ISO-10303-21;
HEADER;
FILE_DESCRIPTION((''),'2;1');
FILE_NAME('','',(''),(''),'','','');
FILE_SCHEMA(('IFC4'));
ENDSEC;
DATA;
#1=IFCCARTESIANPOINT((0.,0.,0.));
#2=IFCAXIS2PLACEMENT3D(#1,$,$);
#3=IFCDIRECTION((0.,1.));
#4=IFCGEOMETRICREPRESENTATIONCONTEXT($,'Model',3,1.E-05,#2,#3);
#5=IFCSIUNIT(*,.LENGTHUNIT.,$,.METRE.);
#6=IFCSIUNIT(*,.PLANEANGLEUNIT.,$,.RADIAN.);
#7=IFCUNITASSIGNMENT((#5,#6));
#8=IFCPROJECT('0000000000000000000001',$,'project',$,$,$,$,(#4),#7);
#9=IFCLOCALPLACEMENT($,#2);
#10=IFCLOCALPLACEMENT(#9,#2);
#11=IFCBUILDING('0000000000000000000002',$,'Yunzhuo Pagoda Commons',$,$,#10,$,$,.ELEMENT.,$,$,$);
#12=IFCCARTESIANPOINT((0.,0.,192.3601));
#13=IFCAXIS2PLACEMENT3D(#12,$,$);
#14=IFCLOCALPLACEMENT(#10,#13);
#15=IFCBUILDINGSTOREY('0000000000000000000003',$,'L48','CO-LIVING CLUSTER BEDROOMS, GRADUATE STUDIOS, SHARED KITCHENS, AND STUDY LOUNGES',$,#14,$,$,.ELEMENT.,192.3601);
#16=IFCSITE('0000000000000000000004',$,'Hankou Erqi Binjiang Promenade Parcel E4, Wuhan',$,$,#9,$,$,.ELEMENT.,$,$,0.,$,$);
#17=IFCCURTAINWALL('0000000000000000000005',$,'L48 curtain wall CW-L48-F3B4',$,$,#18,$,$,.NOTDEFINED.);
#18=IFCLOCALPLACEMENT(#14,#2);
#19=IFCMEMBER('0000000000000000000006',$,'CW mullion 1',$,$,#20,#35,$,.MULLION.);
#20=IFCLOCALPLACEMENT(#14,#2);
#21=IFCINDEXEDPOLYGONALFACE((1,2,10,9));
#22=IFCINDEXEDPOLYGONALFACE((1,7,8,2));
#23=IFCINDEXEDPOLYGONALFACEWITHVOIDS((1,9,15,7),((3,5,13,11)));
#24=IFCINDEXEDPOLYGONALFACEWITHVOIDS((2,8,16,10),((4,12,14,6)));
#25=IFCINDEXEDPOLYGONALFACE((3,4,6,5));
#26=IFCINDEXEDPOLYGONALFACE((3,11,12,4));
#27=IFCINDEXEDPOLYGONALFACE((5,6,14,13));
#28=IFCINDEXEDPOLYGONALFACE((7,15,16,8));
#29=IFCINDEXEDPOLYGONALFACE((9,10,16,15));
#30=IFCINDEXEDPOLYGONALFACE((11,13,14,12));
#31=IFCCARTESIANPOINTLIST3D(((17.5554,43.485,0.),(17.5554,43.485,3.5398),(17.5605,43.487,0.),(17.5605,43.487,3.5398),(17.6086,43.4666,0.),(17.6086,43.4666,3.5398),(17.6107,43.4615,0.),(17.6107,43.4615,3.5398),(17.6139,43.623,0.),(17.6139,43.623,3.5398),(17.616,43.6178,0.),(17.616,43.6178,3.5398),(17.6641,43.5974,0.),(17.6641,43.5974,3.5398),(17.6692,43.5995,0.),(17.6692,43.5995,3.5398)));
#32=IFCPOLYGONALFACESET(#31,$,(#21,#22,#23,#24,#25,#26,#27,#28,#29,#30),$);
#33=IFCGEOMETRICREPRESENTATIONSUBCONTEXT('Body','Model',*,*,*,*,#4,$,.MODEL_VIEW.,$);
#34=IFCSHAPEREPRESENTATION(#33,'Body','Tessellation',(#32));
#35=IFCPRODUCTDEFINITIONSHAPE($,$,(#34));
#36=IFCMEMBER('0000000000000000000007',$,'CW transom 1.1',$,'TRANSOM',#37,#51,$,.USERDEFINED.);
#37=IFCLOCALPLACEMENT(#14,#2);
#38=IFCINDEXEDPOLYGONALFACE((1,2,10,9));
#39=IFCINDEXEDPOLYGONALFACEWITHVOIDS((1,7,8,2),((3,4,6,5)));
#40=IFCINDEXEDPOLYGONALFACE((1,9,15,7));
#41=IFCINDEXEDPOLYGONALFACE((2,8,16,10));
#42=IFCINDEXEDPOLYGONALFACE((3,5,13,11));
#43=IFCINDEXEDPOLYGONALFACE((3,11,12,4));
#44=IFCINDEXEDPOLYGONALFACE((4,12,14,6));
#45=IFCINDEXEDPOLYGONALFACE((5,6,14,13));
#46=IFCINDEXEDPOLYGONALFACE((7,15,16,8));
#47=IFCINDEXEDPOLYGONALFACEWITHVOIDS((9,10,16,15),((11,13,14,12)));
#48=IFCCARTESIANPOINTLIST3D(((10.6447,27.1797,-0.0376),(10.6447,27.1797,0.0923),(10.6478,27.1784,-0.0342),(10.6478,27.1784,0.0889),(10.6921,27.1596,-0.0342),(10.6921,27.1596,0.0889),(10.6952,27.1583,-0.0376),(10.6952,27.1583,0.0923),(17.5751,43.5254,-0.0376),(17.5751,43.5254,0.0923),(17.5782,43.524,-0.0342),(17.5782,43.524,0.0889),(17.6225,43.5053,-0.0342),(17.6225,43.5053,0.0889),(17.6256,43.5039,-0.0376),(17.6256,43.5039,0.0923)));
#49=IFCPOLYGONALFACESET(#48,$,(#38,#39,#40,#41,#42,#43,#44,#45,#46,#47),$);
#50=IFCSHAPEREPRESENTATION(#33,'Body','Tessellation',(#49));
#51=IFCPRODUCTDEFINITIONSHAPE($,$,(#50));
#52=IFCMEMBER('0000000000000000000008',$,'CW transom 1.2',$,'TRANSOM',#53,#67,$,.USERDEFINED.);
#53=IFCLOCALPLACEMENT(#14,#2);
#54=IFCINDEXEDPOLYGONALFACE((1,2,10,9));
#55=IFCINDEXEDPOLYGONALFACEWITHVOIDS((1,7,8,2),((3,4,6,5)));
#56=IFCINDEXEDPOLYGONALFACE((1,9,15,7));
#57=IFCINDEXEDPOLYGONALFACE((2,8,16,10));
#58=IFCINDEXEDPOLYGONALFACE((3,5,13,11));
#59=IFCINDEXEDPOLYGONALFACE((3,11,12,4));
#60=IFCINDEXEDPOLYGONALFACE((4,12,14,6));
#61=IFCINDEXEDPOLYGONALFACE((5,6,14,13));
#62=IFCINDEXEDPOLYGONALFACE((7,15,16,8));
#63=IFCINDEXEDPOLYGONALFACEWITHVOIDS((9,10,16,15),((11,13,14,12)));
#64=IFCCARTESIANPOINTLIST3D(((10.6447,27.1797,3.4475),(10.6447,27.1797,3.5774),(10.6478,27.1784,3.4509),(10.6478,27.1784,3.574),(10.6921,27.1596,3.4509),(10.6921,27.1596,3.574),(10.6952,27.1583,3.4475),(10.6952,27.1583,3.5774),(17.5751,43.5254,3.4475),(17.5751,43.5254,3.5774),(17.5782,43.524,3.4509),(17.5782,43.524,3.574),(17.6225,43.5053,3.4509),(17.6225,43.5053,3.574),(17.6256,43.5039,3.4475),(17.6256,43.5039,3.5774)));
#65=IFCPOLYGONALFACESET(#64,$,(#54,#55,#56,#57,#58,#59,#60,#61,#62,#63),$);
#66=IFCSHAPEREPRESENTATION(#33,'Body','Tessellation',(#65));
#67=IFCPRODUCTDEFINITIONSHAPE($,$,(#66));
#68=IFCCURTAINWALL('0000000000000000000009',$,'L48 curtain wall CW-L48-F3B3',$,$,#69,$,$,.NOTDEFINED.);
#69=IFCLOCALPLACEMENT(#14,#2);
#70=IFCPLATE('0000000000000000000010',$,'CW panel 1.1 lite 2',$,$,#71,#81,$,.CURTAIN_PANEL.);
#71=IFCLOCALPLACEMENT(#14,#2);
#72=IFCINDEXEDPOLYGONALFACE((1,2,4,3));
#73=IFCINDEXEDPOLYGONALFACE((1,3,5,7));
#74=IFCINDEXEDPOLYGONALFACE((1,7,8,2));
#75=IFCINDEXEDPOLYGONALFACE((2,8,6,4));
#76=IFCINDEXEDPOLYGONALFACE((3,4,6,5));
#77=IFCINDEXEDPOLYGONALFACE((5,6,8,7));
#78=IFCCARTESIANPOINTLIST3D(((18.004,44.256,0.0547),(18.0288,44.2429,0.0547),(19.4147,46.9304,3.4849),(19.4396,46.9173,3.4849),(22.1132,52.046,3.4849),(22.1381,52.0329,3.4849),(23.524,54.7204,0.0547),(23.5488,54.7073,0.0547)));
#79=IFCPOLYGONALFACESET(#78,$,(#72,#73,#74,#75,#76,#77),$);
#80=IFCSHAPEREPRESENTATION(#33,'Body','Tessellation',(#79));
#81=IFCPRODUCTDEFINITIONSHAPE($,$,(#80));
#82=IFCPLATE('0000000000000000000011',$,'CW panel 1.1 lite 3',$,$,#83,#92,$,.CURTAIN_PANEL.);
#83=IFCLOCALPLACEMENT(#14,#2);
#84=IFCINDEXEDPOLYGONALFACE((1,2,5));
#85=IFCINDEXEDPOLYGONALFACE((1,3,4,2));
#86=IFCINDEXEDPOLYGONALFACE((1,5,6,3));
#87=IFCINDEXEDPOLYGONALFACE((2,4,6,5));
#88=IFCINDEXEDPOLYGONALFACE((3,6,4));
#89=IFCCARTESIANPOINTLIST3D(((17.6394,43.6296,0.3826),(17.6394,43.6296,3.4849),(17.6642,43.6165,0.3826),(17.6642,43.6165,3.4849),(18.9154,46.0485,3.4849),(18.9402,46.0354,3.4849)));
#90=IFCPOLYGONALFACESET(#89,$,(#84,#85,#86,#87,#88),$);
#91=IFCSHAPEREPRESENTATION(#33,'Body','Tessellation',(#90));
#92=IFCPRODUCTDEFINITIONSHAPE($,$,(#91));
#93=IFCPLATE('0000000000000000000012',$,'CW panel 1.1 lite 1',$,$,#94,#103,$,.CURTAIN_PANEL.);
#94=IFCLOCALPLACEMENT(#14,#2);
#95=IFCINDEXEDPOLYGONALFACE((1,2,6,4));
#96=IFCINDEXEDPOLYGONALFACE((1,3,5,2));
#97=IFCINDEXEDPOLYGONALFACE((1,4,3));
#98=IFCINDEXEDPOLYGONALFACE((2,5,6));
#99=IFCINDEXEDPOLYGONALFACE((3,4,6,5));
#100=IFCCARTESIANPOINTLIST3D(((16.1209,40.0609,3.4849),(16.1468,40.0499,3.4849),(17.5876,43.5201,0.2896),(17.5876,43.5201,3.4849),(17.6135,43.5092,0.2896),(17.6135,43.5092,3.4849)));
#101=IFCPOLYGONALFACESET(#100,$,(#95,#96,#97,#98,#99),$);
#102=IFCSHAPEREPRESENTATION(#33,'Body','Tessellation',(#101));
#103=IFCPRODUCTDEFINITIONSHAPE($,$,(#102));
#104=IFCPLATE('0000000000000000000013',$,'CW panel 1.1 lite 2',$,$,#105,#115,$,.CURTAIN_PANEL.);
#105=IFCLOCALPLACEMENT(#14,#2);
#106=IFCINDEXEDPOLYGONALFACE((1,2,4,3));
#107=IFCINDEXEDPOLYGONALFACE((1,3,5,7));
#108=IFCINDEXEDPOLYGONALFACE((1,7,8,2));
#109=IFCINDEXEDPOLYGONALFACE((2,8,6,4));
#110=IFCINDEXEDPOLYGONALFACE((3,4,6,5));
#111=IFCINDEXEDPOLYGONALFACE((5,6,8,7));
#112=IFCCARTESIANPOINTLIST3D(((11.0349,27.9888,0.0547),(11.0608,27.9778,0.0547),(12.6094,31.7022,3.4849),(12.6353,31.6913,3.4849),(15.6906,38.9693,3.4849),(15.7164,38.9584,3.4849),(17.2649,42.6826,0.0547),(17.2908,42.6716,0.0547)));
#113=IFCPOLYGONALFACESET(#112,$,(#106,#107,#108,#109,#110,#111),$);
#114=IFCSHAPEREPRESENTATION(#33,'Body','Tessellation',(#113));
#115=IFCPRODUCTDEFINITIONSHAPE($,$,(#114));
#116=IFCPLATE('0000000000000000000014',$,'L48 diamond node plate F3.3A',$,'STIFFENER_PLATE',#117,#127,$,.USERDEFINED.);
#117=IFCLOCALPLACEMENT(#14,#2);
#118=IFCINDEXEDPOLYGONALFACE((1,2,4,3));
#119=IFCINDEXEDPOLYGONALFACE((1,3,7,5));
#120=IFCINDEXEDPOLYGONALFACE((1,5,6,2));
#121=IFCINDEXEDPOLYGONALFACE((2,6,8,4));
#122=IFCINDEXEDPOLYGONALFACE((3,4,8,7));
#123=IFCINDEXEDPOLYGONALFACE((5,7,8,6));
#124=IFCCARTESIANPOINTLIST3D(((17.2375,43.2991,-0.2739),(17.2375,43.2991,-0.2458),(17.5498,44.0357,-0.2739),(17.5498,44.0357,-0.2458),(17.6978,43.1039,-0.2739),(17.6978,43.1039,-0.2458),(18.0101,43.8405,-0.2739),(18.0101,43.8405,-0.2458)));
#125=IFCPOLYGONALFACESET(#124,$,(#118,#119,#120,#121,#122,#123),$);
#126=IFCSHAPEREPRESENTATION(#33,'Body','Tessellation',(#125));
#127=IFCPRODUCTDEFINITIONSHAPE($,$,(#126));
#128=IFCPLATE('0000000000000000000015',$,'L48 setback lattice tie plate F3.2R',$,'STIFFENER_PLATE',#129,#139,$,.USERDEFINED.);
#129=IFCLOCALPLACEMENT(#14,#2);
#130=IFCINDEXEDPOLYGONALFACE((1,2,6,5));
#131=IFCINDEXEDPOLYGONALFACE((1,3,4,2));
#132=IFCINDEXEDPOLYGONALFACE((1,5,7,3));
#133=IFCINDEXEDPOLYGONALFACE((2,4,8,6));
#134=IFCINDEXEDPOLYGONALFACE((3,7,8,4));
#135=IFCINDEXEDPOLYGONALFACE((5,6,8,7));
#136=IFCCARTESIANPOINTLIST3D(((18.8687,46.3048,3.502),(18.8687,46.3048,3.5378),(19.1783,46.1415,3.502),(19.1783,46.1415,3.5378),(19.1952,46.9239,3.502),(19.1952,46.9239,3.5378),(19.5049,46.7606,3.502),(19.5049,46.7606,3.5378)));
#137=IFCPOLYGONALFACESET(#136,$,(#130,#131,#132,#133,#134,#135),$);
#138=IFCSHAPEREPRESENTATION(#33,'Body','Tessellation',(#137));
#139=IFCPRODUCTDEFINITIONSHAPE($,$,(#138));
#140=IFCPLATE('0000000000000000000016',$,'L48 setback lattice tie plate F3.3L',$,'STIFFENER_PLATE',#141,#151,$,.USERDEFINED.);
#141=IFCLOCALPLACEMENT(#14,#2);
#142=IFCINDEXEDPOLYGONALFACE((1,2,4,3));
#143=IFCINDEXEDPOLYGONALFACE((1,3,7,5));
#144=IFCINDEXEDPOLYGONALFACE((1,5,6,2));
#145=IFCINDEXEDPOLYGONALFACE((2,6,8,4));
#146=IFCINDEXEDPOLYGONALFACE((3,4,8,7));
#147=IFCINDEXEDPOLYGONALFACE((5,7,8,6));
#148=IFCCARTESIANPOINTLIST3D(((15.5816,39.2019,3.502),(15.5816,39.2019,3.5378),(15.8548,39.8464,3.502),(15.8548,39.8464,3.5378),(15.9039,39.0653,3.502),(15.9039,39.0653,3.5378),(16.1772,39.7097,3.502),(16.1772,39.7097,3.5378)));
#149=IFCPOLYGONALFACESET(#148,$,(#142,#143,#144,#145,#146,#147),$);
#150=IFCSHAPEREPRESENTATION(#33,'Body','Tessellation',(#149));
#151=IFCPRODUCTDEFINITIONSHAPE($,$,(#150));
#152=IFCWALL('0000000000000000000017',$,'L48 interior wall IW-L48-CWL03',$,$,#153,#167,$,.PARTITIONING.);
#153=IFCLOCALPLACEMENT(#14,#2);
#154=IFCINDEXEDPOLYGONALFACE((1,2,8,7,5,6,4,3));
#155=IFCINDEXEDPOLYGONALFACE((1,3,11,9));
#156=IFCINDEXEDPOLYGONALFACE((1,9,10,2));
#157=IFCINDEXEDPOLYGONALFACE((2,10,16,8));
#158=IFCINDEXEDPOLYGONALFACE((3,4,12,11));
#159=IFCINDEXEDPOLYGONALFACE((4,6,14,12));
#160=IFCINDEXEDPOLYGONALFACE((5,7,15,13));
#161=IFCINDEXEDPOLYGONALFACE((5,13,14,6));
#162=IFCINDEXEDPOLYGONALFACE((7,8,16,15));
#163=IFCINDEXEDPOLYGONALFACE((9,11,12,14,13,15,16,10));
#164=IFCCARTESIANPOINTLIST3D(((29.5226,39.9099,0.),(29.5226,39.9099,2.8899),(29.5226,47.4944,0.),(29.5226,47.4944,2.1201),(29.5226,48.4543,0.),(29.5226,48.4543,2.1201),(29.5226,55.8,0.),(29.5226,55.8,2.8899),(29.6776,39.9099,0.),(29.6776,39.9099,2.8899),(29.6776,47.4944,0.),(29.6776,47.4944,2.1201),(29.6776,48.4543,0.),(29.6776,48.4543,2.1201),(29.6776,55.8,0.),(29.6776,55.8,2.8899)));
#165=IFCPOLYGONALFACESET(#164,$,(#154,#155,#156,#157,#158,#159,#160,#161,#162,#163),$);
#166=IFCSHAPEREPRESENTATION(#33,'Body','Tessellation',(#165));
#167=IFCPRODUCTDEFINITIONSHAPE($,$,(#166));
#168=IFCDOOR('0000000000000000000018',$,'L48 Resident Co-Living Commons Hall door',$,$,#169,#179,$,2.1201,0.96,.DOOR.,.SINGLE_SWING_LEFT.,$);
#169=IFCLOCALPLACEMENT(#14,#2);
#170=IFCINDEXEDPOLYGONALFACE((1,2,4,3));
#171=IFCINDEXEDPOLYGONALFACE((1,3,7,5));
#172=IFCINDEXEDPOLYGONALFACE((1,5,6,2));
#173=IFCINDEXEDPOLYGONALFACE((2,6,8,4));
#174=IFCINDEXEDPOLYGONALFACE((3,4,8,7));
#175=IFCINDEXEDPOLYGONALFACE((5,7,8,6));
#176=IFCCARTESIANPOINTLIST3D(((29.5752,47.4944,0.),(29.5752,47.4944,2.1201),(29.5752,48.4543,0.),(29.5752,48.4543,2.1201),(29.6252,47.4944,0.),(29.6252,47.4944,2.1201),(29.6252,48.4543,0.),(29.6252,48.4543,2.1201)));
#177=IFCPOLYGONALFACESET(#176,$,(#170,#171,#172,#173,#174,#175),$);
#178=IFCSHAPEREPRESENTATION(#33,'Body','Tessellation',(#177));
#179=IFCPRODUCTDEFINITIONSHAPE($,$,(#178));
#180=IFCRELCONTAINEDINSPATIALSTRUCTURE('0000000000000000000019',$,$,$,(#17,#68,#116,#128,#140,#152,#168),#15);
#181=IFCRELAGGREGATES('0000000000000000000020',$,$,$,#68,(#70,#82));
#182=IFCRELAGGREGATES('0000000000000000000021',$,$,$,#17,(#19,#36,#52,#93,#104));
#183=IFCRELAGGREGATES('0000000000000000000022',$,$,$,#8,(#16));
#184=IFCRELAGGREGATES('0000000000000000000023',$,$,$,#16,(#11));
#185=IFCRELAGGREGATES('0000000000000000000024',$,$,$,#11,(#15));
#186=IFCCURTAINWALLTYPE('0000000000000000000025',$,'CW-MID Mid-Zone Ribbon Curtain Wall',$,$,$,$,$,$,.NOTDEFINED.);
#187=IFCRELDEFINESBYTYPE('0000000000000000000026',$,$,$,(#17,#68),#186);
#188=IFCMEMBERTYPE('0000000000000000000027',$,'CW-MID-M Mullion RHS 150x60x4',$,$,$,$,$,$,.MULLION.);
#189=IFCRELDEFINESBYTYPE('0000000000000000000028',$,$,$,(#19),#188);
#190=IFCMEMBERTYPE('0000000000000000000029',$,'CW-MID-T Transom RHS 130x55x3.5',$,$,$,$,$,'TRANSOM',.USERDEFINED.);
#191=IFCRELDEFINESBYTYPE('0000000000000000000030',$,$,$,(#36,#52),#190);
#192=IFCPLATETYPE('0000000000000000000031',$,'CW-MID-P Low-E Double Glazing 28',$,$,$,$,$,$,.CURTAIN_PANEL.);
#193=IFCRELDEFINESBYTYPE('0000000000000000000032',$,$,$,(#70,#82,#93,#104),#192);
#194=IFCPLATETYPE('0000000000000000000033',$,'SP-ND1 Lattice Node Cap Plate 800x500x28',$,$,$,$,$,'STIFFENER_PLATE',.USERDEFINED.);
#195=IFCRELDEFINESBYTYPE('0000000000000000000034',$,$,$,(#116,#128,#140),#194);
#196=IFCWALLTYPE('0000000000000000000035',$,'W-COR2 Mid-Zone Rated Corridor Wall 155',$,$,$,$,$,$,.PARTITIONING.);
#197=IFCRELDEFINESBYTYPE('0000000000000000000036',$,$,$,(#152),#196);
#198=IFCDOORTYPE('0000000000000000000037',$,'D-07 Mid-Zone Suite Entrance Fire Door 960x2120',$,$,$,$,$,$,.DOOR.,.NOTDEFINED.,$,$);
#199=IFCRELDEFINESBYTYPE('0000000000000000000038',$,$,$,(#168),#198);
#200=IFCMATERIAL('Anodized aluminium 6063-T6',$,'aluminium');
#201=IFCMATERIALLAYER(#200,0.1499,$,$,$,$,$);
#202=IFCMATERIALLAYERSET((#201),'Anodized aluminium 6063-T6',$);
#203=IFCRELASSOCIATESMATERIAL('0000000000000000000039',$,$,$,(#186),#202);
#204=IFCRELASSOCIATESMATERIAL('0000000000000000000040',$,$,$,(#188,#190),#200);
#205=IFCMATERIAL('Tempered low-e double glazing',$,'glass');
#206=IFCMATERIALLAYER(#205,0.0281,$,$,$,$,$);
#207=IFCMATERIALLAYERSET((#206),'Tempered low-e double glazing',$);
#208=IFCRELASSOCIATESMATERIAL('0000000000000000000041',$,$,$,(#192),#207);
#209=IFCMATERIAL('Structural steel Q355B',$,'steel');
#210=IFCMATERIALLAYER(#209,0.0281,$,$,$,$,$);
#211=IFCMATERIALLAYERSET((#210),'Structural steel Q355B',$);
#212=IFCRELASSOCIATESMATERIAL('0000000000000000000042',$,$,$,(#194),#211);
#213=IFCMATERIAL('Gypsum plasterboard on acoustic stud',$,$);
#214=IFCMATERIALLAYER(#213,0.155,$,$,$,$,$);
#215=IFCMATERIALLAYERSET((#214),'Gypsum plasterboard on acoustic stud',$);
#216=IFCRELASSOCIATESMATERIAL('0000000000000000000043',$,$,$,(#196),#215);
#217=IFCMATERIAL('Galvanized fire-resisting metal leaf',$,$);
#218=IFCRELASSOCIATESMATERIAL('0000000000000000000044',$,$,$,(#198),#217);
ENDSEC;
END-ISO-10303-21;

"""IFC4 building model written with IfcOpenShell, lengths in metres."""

from ifc_helpers import new_model, si_unit, direction, frame, frame_2d, origin, origin_with_axes, origin_2d, place, context, subcontext, project, spatial, polyline, rectangle, hollow_rectangle, outline, extrude, source, transform, mapped, material, layer, layer_set, material_profile, profile_set, type_object, element, fill, aggregate, save


model = new_model("IFC4")

# Units and contexts
model_context = context("Model", 3, precision=1e-05, world=origin(), true_north=direction((0.0, 1.0)))
body_context = subcontext(model_context, "Body", "Model", "MODEL_VIEW")
ifc_project = project(units=[si_unit("LENGTHUNIT", "METRE"), si_unit("PLANEANGLEUNIT", "RADIAN")], contexts=[model_context])

# Site, building, storey
site_placement = place(None, origin())
site = spatial("IfcSite", under=ifc_project, at=site_placement, Name="Hankou Erqi Binjiang Promenade Parcel E4, Wuhan", CompositionType="ELEMENT", RefElevation=0.0)
building_placement = place(site_placement, origin())
building = spatial("IfcBuilding", under=site, at=building_placement, Name="Yunzhuo Pagoda Commons", CompositionType="ELEMENT")
storey_placement = place(building_placement, frame((0.0, 0.0, 192.3601)))
storey = spatial("IfcBuildingStorey", under=building, at=storey_placement, Name="L48", Description="CO-LIVING CLUSTER BEDROOMS, GRADUATE STUDIOS, SHARED KITCHENS, AND STUDY LOUNGES", CompositionType="ELEMENT", Elevation=192.3601)

# Shared definitions
ifc_material_1 = material(Name="Structural steel Q355B", Category="steel")

# Curtain wall, members
ifc_material_2 = material(Name="Anodized aluminium 6063-T6", Category="aluminium")
ifc_layer_1 = layer(ifc_material_2, 0.1499)
ifc_layer_set_1 = layer_set([ifc_layer_1], Name="Anodized aluminium 6063-T6")
curtain_wall_type = type_object("IfcCurtainWallType", Name="CW-MID Mid-Zone Ribbon Curtain Wall", PredefinedType="NOTDEFINED", material=ifc_layer_set_1)
curtain_wall_1_placement = place(storey_placement, origin())
curtain_wall_1 = element("IfcCurtainWall", 1, at=curtain_wall_1_placement, inside=storey, type_object=curtain_wall_type, Name="L48 curtain wall CW-L48-F3B4", PredefinedType="NOTDEFINED")
ifc_material_profile_1 = material_profile(ifc_material_2, hollow_rectangle(XDim=0.0601, YDim=0.1499, WallThickness=0.0039, at=origin_2d()), Name="Anodized aluminium 6063-T6")
ifc_profile_set_1 = profile_set([ifc_material_profile_1], Name="Anodized aluminium 6063-T6")
member_type_1 = type_object("IfcMemberType", Name="CW-MID-M Mullion RHS 150x60x4", PredefinedType="MULLION", material=ifc_profile_set_1)
shared_shape_1 = source(origin(), body_context, "Body", "SweptSolid", [
    extrude(hollow_rectangle(XDim=0.0601, YDim=0.1499, WallThickness=0.0039, at=origin_2d()), origin(), (0.0, 0.0, 1.0), 3.5398),
])
member_1_placement = place(storey_placement, frame((17.6123, 43.5422, 0.0), z_axis=(0.0, 0.0, 1.0), x_axis=(0.920667, -0.39035, 0.0)))
member_1 = element("IfcMember", 2, at=member_1_placement, type_object=member_type_1, Name="CW mullion 1", PredefinedType="MULLION", context=body_context, shape_type="MappedRepresentation", body=[
    mapped(shared_shape_1, transform((0.0, 0.0, 0.0), scale=1.0)),
])
ifc_material_profile_2 = material_profile(ifc_material_2, hollow_rectangle(XDim=0.0549, YDim=0.1299, WallThickness=0.0034, at=origin_2d()), Name="Anodized aluminium 6063-T6")
ifc_profile_set_2 = profile_set([ifc_material_profile_2], Name="Anodized aluminium 6063-T6")
member_type_2 = type_object("IfcMemberType", Name="CW-MID-T Transom RHS 130x55x3.5", ElementType="TRANSOM", PredefinedType="USERDEFINED", material=ifc_profile_set_2)
shared_shape_2 = source(origin(), body_context, "Body", "SweptSolid", [
    extrude(hollow_rectangle(XDim=0.0549, YDim=0.1299, WallThickness=0.0034, at=origin_2d()), origin(), (0.0, 0.0, 1.0), 17.7542),
])
member_2_placement = place(storey_placement, frame((17.6003, 43.5146, 0.0273), z_axis=(-0.390353, -0.920665, 0.0), x_axis=(0.920665, -0.390353, 0.0)))
member_2 = element("IfcMember", 3, at=member_2_placement, type_object=member_type_2, Name="CW transom 1.1", ObjectType="TRANSOM", PredefinedType="USERDEFINED", context=body_context, shape_type="MappedRepresentation", body=[
    mapped(shared_shape_2, transform((0.0, 0.0, 0.0), scale=1.0)),
])
member_3_placement = place(storey_placement, frame((17.6003, 43.5146, 3.5125), z_axis=(-0.390353, -0.920665, 0.0), x_axis=(0.920665, -0.390353, 0.0)))
member_3 = element("IfcMember", 4, at=member_3_placement, type_object=member_type_2, Name="CW transom 1.2", ObjectType="TRANSOM", PredefinedType="USERDEFINED", context=body_context, shape_type="MappedRepresentation", body=[
    mapped(shared_shape_2, transform((0.0, 0.0, 0.0), scale=1.0)),
])

# Curtain wall, plates
curtain_wall_2_placement = place(storey_placement, origin())
curtain_wall_2 = element("IfcCurtainWall", 5, at=curtain_wall_2_placement, inside=storey, type_object=curtain_wall_type, Name="L48 curtain wall CW-L48-F3B3", PredefinedType="NOTDEFINED")
ifc_material_3 = material(Name="Tempered low-e double glazing", Category="glass")
ifc_layer_2 = layer(ifc_material_3, 0.0281)
ifc_layer_set_2 = layer_set([ifc_layer_2], Name="Tempered low-e double glazing")
plate_type_1 = type_object("IfcPlateType", Name="CW-MID-P Low-E Double Glazing 28", PredefinedType="CURTAIN_PANEL", material=ifc_layer_set_2)
plate_1_placement = place(storey_placement, frame((20.7888, 49.4751, 1.7698), z_axis=(-0.884484, 0.466571, 0.0), x_axis=(-0.466571, -0.884484, 0.0)))
plate_1 = element("IfcPlate", 6, at=plate_1_placement, type_object=plate_type_1, Name="CW panel 1.1 lite 2", PredefinedType="CURTAIN_PANEL", context=body_context, shape_type="SweptSolid", body=[
    extrude(outline(polyline([(-5.9155, -1.7151), (5.9155, -1.7151), (2.8918, 1.7151), (-2.8918, 1.7151), (-5.9155, -1.7151)])), origin(), (0.0, 0.0, 1.0), 0.0281),
])
plate_2_placement = place(storey_placement, frame((18.3022, 44.8259, 1.9338), z_axis=(-0.884484, 0.466571, 0.0), x_axis=(-0.466571, -0.884484, 0.0)))
plate_2 = element("IfcPlate", 7, at=plate_2_placement, type_object=plate_type_1, Name="CW panel 1.1 lite 3", PredefinedType="CURTAIN_PANEL", context=body_context, shape_type="SweptSolid", body=[
    extrude(outline(polyline([(-1.3674, 1.551), (1.3674, -1.5513), (1.3674, 1.551), (-1.3674, 1.551)])), origin(), (0.0, 0.0, 1.0), 0.0281),
])
aggregate(curtain_wall_2, [plate_1, plate_2])

# Plates
plate_3_placement = place(storey_placement, frame((16.8801, 41.7795, 1.8872), z_axis=(-0.920667, 0.39035, 0.0), x_axis=(-0.39035, -0.920667, 0.0)))
plate_3 = element("IfcPlate", 8, at=plate_3_placement, type_object=plate_type_1, Name="CW panel 1.1 lite 1", PredefinedType="CURTAIN_PANEL", context=body_context, shape_type="SweptSolid", body=[
    extrude(outline(polyline([(-1.8787, -1.5977), (1.8787, 1.5977), (-1.8787, 1.5977), (-1.8787, -1.5977)])), origin(), (0.0, 0.0, 1.0), 0.0281),
])
plate_4_placement = place(storey_placement, frame((14.1758, 35.3247, 1.7698), z_axis=(-0.920667, 0.39035, 0.0), x_axis=(-0.39035, -0.920667, 0.0)))
plate_4 = element("IfcPlate", 9, at=plate_4_placement, type_object=plate_type_1, Name="CW panel 1.1 lite 2", PredefinedType="CURTAIN_PANEL", context=body_context, shape_type="SweptSolid", body=[
    extrude(outline(polyline([(-7.98, -1.7151), (7.98, -1.7151), (3.9465, 1.7151), (-3.9468, 1.7151), (-7.98, -1.7151)])), origin(), (0.0, 0.0, 1.0), 0.0281),
])
aggregate(curtain_wall_1, [member_1, member_2, member_3, plate_3, plate_4])

# Plates
ifc_layer_3 = layer(ifc_material_1, 0.0281)
ifc_layer_set_3 = layer_set([ifc_layer_3], Name="Structural steel Q355B")
plate_type_2 = type_object("IfcPlateType", Name="SP-ND1 Lattice Node Cap Plate 800x500x28", ElementType="STIFFENER_PLATE", PredefinedType="USERDEFINED", material=ifc_layer_set_3)
shared_shape_3 = source(origin(), body_context, "Body", "SweptSolid", [
    extrude(rectangle(XDim=0.8, YDim=0.5, at=origin_2d()), origin(), (0.0, 0.0, 1.0), 0.0281),
])
plate_5_placement = place(storey_placement, frame((17.6238, 43.5698, -0.2739), z_axis=(0.0, 0.0, 1.0), x_axis=(-0.390346, -0.920668, 0.0)))
element("IfcPlate", 10, at=plate_5_placement, inside=storey, type_object=plate_type_2, Name="L48 diamond node plate F3.3A", ObjectType="STIFFENER_PLATE", PredefinedType="USERDEFINED", context=body_context, shape_type="MappedRepresentation", body=[
    mapped(shared_shape_3, transform((0.0, 0.0, 0.0), scale=1.0)),
])
shared_shape_4 = source(origin(), body_context, "Body", "SweptSolid", [
    extrude(rectangle(XDim=0.7, YDim=0.3501, at=origin_2d()), origin(), (0.0, 0.0, 1.0), 0.0359),
])
for number, where, z_axis, x_axis, name in (
    (11, (19.1868, 46.5327, 3.502), (0.0, 0.0, 1.0), (-0.466572, -0.884483, 0.0), "L48 setback lattice tie plate F3.2R"),
    (12, (15.8794, 39.4558, 3.502), (0.0, 0.0, 1.0), (-0.390346, -0.920668, 0.0), "L48 setback lattice tie plate F3.3L"),
):
    element("IfcPlate", number, at=place(storey_placement, frame(where, z_axis=z_axis, x_axis=x_axis)), inside=storey, type_object=plate_type_2, Name=name, ObjectType="STIFFENER_PLATE", PredefinedType="USERDEFINED", context=body_context, shape_type="MappedRepresentation", body=[
        mapped(shared_shape_4, transform((0.0, 0.0, 0.0), scale=1.0)),
    ])

# Wall, opening, door
ifc_material_4 = material(Name="Gypsum plasterboard on acoustic stud")
ifc_layer_4 = layer(ifc_material_4, 0.155)
ifc_layer_set_4 = layer_set([ifc_layer_4], Name="Gypsum plasterboard on acoustic stud")
wall_type_1 = type_object("IfcWallType", Name="W-COR2 Mid-Zone Rated Corridor Wall 155", PredefinedType="PARTITIONING", material=ifc_layer_set_4)
wall_1_placement = place(storey_placement, frame((29.6001, 39.9099, 0.0), z_axis=(0.0, 0.0, 1.0), x_axis=(0.0, 1.0, 0.0)))
wall_1 = element("IfcWall", 13, at=wall_1_placement, inside=storey, type_object=wall_type_1, Name="L48 interior wall IW-L48-CWL03", PredefinedType="PARTITIONING", context=body_context, shape_type="SweptSolid", body=[
    extrude(rectangle(XDim=15.8901, YDim=0.155, at=frame_2d((7.9451, 0.0))), origin(), (0.0, 0.0, 1.0), 2.8899),
])
opening_placement = place(wall_1_placement, frame((7.5845, 0.0, 0.0)))
opening = element("IfcOpeningElement", 14, at=opening_placement, cuts=wall_1, PredefinedType="OPENING", context=body_context, shape_type="SweptSolid", body=[
    extrude(rectangle(XDim=0.96, YDim=2.1201, at=frame_2d((0.48, 1.0601))), frame((0.0, 0.0874, 0.0), z_axis=(0.0, -1.0, 0.0), x_axis=(1.0, 0.0, 0.0)), (0.0, 0.0, 1.0), 0.175),
])
ifc_material_5 = material(Name="Galvanized fire-resisting metal leaf")
door_type = type_object("IfcDoorType", Name="D-07 Mid-Zone Suite Entrance Fire Door 960x2120", OperationType="NOTDEFINED", PredefinedType="DOOR", material=ifc_material_5)
shared_shape_5 = source(origin(), body_context, "Body", "SweptSolid", [
    extrude(rectangle(XDim=0.96, YDim=2.1201, at=frame_2d((0.48, 1.0601))), frame((0.0, 0.0249, 0.0), z_axis=(0.0, -1.0, 0.0), x_axis=(1.0, 0.0, 0.0)), (0.0, 0.0, 1.0), 0.05),
])
door_placement = place(opening_placement, origin_with_axes())
door = element("IfcDoor", 15, at=door_placement, inside=storey, type_object=door_type, Name="L48 Resident Co-Living Commons Hall door", OperationType="SINGLE_SWING_LEFT", OverallHeight=2.1201, OverallWidth=0.96, PredefinedType="DOOR", context=body_context, shape_type="MappedRepresentation", body=[
    mapped(shared_shape_5, transform((0.0, 0.0, 0.0), scale=1.0)),
])
fill(opening, door)

save(model, "model.ifc")
